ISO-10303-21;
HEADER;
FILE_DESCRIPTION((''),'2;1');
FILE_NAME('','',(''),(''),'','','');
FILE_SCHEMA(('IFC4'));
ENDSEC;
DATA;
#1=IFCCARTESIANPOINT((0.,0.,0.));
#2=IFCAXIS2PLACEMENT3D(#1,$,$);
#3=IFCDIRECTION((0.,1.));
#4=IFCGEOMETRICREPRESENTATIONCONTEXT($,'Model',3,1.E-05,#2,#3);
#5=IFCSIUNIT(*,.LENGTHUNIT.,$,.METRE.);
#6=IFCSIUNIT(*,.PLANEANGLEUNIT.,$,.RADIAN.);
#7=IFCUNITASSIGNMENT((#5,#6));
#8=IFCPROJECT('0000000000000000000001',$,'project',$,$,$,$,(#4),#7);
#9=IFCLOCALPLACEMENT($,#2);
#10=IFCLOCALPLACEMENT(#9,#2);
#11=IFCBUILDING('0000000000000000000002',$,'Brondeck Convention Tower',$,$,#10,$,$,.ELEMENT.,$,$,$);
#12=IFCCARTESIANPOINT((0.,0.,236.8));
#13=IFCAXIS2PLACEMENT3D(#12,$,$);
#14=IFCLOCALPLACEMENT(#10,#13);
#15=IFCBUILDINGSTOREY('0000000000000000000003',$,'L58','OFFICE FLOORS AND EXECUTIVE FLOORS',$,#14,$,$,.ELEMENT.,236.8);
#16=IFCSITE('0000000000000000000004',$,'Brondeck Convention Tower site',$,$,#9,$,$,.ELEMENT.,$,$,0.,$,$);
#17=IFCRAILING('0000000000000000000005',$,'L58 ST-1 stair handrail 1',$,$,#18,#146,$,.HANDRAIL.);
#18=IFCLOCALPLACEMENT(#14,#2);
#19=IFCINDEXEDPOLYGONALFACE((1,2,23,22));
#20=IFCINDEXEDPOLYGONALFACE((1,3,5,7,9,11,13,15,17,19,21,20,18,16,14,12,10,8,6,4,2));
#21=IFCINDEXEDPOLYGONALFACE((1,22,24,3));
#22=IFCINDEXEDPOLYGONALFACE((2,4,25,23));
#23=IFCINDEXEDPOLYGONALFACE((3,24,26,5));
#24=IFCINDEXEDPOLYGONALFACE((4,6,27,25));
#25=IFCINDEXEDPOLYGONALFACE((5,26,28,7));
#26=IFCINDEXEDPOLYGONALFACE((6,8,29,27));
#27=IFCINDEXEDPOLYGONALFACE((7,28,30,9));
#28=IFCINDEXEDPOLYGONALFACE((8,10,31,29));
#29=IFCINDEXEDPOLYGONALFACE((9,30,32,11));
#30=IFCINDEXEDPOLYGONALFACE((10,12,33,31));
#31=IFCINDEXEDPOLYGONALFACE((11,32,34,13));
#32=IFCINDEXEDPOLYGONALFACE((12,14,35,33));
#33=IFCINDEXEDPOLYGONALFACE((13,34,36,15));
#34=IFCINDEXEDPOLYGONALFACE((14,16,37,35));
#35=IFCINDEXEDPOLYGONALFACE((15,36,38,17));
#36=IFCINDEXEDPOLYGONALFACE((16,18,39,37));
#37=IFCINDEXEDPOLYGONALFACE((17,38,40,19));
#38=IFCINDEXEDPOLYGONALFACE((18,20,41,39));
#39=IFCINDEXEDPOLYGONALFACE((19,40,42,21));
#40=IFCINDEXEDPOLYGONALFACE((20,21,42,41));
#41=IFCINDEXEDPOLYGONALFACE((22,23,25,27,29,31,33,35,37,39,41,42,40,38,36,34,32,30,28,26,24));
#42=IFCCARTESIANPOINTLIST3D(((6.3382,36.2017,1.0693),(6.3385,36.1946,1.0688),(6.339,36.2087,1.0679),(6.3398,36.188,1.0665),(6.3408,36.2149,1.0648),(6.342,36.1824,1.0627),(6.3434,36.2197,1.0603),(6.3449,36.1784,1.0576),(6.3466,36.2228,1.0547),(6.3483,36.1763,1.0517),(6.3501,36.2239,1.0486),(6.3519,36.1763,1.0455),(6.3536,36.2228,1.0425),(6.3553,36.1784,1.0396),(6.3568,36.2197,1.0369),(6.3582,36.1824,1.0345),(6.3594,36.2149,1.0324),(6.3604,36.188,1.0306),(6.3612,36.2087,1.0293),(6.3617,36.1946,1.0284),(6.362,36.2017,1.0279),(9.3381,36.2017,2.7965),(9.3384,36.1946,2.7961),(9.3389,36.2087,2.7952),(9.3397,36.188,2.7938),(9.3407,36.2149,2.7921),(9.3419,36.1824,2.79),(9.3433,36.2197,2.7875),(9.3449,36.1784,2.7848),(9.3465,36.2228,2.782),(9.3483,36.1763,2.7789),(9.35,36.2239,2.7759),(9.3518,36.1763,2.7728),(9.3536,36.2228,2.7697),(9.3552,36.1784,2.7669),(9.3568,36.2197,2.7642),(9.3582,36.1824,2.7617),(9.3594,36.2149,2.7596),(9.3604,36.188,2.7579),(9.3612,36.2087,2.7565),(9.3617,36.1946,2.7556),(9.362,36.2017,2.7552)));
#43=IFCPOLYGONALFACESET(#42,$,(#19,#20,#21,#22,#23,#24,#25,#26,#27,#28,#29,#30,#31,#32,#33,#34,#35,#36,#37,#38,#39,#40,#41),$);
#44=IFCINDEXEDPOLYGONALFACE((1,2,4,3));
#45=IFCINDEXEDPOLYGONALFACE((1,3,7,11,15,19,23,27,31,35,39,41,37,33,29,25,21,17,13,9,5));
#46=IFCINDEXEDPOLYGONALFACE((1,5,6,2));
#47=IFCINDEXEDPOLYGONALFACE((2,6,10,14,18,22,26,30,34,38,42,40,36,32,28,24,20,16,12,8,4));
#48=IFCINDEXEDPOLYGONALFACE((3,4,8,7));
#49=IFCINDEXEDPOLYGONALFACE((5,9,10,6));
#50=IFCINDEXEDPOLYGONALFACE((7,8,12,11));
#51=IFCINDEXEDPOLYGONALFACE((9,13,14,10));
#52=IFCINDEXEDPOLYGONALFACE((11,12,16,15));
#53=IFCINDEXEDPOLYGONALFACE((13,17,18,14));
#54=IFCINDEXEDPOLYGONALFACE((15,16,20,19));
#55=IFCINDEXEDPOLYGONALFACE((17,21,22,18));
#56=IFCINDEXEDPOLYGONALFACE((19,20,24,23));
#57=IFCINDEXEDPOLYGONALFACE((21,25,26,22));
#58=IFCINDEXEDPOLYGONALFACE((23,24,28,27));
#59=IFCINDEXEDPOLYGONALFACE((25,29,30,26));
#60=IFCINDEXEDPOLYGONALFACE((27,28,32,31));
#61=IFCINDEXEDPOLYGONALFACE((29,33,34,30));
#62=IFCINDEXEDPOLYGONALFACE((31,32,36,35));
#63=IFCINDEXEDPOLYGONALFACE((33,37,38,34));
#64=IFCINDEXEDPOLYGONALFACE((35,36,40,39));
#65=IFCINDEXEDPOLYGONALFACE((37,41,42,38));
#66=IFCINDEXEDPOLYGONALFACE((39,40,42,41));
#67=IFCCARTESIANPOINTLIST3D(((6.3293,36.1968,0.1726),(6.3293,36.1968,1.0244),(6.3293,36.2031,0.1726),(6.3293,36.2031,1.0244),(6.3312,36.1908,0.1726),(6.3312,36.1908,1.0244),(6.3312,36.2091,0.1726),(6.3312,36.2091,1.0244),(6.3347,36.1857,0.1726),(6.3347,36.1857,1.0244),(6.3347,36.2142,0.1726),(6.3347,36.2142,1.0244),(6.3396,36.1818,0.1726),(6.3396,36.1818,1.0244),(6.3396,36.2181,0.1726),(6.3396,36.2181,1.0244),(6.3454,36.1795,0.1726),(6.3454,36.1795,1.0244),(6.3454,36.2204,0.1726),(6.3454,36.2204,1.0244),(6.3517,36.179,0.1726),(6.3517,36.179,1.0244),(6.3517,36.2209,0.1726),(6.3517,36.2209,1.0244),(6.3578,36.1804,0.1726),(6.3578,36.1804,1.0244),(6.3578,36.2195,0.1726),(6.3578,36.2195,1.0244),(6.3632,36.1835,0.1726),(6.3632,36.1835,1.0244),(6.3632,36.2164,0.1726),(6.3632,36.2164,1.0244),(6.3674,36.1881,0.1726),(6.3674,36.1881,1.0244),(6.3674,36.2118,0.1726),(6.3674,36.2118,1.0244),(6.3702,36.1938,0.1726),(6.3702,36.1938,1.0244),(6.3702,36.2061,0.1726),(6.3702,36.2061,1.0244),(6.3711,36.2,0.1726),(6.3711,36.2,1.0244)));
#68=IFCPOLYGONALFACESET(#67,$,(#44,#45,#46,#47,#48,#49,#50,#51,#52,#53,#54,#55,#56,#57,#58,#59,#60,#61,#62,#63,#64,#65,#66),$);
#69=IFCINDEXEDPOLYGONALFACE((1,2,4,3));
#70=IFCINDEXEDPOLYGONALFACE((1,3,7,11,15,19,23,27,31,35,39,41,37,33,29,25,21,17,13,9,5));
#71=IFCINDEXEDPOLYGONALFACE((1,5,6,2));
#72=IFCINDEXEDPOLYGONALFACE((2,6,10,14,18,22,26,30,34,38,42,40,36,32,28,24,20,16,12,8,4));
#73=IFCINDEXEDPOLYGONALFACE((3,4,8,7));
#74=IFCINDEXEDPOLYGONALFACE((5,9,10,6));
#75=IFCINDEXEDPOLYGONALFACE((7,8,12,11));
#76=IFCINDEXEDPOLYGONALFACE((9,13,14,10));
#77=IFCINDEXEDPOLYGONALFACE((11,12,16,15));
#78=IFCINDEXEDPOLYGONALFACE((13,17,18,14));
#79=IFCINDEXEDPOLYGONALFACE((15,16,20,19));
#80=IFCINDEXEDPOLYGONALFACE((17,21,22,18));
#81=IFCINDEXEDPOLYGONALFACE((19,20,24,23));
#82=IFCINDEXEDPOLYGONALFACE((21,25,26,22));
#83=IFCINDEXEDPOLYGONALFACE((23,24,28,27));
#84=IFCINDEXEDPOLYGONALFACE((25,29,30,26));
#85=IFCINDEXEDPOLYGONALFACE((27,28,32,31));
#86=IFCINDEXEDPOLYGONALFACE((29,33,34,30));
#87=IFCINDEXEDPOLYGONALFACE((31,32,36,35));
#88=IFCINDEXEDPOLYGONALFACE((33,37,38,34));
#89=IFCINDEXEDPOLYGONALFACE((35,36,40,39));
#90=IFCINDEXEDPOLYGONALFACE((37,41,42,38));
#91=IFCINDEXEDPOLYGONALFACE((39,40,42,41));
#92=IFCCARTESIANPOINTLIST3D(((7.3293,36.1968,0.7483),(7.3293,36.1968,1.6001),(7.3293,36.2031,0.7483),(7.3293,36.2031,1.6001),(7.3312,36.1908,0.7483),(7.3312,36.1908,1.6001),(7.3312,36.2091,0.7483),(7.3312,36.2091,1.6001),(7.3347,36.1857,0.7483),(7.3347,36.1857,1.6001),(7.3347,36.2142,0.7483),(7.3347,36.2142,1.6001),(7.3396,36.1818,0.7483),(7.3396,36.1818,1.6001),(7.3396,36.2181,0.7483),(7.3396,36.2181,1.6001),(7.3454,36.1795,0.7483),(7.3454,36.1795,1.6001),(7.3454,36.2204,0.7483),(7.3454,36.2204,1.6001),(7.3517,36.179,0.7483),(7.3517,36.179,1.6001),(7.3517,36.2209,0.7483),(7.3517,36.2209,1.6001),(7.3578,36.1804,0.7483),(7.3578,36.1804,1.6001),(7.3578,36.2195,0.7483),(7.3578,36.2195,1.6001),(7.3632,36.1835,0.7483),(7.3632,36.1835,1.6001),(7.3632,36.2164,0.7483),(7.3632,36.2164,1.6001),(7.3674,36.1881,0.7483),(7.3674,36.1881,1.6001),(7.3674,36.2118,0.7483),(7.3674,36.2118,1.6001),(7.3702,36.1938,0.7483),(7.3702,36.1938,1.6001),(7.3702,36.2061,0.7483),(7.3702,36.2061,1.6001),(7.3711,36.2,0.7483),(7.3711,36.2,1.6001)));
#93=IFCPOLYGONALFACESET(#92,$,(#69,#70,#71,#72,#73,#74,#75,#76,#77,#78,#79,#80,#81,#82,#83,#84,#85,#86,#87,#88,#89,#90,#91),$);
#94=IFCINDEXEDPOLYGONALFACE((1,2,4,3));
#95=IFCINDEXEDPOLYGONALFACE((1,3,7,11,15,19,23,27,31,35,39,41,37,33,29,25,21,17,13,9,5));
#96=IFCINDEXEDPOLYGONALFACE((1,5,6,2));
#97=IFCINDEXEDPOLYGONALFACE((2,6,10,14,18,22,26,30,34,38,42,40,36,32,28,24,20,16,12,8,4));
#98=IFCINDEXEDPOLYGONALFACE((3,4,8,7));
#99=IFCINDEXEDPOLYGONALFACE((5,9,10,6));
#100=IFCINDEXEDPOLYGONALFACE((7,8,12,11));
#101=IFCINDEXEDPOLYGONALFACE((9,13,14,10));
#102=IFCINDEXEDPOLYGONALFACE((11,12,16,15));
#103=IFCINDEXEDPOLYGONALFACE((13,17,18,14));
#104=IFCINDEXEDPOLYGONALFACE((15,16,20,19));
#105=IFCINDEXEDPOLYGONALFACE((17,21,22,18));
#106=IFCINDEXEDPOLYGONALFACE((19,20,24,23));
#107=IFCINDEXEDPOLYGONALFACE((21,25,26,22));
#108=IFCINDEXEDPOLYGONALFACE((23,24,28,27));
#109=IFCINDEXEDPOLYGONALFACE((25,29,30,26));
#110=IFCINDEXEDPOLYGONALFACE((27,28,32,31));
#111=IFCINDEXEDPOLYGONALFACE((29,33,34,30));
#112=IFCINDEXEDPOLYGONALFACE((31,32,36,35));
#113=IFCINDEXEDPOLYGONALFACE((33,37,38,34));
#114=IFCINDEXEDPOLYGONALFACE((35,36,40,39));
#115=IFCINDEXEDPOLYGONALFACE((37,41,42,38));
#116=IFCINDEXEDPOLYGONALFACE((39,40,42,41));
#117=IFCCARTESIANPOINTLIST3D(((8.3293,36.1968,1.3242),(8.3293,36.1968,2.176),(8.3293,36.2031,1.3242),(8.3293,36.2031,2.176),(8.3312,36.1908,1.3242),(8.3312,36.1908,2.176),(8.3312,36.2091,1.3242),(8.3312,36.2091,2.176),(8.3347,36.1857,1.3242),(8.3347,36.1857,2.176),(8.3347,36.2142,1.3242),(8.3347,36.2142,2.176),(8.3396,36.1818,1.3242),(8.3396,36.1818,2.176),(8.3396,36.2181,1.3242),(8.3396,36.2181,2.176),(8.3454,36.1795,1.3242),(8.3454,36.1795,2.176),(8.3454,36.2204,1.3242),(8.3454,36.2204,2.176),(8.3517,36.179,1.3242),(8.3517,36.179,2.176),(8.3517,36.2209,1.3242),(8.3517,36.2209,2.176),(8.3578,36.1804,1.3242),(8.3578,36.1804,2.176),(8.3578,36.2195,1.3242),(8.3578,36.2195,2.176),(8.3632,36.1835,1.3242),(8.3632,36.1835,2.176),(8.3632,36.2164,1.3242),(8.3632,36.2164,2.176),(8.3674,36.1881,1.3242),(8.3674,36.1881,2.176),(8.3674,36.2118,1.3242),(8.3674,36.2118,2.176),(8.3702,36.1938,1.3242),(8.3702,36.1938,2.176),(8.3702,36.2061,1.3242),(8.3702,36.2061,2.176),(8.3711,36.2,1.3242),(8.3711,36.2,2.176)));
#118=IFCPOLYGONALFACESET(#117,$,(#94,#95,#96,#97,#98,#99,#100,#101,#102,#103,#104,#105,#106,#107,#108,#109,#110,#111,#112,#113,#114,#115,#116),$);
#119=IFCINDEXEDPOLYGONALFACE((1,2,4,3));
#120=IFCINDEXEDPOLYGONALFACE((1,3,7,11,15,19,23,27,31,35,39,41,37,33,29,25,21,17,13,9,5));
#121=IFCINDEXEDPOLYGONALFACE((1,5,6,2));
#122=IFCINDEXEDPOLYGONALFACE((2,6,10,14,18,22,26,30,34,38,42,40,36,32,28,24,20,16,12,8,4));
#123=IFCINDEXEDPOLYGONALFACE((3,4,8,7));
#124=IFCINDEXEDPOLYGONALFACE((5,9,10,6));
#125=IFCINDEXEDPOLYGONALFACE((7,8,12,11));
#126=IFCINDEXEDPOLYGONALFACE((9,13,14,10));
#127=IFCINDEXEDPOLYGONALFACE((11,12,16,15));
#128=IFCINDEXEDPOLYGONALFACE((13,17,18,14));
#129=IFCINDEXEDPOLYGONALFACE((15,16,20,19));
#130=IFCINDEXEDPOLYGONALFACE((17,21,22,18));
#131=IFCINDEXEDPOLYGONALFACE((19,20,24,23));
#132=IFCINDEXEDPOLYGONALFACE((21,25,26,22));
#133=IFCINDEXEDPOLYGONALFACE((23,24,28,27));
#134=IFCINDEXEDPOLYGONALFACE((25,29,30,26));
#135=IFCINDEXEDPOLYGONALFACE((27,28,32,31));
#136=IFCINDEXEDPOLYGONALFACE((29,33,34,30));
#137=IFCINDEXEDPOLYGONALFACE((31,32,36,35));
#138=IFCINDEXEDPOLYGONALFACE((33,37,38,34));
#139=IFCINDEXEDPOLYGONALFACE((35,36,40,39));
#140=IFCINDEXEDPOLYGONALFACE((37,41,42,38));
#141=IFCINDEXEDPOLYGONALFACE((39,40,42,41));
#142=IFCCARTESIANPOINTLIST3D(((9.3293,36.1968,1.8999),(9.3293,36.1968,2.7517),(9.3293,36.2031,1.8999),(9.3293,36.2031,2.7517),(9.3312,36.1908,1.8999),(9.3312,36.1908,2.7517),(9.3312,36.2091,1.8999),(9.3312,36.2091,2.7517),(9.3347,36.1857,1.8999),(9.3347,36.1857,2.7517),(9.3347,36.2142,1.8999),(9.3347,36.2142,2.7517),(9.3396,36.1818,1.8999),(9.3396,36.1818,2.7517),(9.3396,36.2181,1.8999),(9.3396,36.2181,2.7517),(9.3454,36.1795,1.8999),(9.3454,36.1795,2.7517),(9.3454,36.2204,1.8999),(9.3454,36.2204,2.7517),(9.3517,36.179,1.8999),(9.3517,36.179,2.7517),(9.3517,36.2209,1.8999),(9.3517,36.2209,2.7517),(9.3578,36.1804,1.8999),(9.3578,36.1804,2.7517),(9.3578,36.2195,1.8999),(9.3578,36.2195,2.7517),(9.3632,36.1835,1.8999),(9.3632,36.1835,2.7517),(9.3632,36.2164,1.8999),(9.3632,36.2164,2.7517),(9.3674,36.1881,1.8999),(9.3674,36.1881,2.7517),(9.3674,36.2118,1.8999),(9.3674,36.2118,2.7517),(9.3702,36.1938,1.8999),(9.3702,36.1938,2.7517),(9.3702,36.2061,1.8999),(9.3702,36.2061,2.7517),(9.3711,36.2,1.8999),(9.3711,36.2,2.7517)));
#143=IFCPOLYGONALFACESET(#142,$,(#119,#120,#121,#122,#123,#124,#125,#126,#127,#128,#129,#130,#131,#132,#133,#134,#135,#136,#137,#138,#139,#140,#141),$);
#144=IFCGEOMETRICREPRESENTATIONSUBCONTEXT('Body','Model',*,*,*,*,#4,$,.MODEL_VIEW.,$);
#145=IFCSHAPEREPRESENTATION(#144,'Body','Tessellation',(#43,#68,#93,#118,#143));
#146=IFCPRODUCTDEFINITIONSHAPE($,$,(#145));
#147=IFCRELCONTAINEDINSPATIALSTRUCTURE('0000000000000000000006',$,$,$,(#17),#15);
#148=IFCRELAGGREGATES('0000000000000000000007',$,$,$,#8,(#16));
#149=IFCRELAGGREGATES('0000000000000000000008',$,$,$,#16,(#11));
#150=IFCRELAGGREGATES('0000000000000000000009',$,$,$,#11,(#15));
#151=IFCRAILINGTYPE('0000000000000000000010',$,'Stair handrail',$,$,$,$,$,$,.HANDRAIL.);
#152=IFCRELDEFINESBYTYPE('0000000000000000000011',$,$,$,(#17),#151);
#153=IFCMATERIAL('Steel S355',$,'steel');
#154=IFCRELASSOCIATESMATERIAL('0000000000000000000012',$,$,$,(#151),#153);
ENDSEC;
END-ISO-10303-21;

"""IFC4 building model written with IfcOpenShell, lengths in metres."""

from ifc_helpers import new_model, si_unit, direction, frame, origin, origin_2d, place, context, subcontext, project, spatial, circle, extrude, material, type_object, element, save


model = new_model("IFC4")

# Units and contexts
model_context = context("Model", 3, precision=1e-05, world=origin(), true_north=direction((0.0, 1.0)))
body_context = subcontext(model_context, "Body", "Model", "MODEL_VIEW")
ifc_project = project(units=[si_unit("LENGTHUNIT", "METRE"), si_unit("PLANEANGLEUNIT", "RADIAN")], contexts=[model_context])

# Site, building, storey
site_placement = place(None, origin())
site = spatial("IfcSite", under=ifc_project, at=site_placement, Name="Brondeck Convention Tower site", CompositionType="ELEMENT", RefElevation=0.0)
building_placement = place(site_placement, origin())
building = spatial("IfcBuilding", under=site, at=building_placement, Name="Brondeck Convention Tower", CompositionType="ELEMENT")
storey_placement = place(building_placement, frame((0.0, 0.0, 236.8)))
storey = spatial("IfcBuildingStorey", under=building, at=storey_placement, Name="L58", Description="OFFICE FLOORS AND EXECUTIVE FLOORS", CompositionType="ELEMENT", Elevation=236.8)

# Shared definitions
ifc_material_1 = material(Name="Steel S355", Category="steel")

# Railing
railing_type_1 = type_object("IfcRailingType", Name="Stair handrail", PredefinedType="HANDRAIL", material=ifc_material_1)
railing_1_placement = place(storey_placement, frame((6.3501, 36.2, 0.1726)))
element("IfcRailing", 1, at=railing_1_placement, inside=storey, type_object=railing_type_1, Name="L58 ST-1 stair handrail 1", PredefinedType="HANDRAIL", context=body_context, shape_type="SweptSolid", body=[
    extrude(circle(Radius=0.0239, at=origin_2d()), frame((0.0, 0.0, 0.876), z_axis=(0.86662, 0.0, 0.498969), x_axis=(0.0, 1.0, 0.0)), (0.0, 0.0, 1.0), 3.4617),
    extrude(circle(Radius=0.021, at=origin_2d()), origin(), (0.0, 0.0, 1.0), 0.8518),
    extrude(circle(Radius=0.021, at=origin_2d()), frame((1.0, 0.0, 0.5757)), (0.0, 0.0, 1.0), 0.8518),
    extrude(circle(Radius=0.021, at=origin_2d()), frame((2.0, 0.0, 1.1516)), (0.0, 0.0, 1.0), 0.8518),
    extrude(circle(Radius=0.021, at=origin_2d()), frame((3.0, 0.0, 1.7273)), (0.0, 0.0, 1.0), 0.8518),
])

save(model, "model.ifc")
